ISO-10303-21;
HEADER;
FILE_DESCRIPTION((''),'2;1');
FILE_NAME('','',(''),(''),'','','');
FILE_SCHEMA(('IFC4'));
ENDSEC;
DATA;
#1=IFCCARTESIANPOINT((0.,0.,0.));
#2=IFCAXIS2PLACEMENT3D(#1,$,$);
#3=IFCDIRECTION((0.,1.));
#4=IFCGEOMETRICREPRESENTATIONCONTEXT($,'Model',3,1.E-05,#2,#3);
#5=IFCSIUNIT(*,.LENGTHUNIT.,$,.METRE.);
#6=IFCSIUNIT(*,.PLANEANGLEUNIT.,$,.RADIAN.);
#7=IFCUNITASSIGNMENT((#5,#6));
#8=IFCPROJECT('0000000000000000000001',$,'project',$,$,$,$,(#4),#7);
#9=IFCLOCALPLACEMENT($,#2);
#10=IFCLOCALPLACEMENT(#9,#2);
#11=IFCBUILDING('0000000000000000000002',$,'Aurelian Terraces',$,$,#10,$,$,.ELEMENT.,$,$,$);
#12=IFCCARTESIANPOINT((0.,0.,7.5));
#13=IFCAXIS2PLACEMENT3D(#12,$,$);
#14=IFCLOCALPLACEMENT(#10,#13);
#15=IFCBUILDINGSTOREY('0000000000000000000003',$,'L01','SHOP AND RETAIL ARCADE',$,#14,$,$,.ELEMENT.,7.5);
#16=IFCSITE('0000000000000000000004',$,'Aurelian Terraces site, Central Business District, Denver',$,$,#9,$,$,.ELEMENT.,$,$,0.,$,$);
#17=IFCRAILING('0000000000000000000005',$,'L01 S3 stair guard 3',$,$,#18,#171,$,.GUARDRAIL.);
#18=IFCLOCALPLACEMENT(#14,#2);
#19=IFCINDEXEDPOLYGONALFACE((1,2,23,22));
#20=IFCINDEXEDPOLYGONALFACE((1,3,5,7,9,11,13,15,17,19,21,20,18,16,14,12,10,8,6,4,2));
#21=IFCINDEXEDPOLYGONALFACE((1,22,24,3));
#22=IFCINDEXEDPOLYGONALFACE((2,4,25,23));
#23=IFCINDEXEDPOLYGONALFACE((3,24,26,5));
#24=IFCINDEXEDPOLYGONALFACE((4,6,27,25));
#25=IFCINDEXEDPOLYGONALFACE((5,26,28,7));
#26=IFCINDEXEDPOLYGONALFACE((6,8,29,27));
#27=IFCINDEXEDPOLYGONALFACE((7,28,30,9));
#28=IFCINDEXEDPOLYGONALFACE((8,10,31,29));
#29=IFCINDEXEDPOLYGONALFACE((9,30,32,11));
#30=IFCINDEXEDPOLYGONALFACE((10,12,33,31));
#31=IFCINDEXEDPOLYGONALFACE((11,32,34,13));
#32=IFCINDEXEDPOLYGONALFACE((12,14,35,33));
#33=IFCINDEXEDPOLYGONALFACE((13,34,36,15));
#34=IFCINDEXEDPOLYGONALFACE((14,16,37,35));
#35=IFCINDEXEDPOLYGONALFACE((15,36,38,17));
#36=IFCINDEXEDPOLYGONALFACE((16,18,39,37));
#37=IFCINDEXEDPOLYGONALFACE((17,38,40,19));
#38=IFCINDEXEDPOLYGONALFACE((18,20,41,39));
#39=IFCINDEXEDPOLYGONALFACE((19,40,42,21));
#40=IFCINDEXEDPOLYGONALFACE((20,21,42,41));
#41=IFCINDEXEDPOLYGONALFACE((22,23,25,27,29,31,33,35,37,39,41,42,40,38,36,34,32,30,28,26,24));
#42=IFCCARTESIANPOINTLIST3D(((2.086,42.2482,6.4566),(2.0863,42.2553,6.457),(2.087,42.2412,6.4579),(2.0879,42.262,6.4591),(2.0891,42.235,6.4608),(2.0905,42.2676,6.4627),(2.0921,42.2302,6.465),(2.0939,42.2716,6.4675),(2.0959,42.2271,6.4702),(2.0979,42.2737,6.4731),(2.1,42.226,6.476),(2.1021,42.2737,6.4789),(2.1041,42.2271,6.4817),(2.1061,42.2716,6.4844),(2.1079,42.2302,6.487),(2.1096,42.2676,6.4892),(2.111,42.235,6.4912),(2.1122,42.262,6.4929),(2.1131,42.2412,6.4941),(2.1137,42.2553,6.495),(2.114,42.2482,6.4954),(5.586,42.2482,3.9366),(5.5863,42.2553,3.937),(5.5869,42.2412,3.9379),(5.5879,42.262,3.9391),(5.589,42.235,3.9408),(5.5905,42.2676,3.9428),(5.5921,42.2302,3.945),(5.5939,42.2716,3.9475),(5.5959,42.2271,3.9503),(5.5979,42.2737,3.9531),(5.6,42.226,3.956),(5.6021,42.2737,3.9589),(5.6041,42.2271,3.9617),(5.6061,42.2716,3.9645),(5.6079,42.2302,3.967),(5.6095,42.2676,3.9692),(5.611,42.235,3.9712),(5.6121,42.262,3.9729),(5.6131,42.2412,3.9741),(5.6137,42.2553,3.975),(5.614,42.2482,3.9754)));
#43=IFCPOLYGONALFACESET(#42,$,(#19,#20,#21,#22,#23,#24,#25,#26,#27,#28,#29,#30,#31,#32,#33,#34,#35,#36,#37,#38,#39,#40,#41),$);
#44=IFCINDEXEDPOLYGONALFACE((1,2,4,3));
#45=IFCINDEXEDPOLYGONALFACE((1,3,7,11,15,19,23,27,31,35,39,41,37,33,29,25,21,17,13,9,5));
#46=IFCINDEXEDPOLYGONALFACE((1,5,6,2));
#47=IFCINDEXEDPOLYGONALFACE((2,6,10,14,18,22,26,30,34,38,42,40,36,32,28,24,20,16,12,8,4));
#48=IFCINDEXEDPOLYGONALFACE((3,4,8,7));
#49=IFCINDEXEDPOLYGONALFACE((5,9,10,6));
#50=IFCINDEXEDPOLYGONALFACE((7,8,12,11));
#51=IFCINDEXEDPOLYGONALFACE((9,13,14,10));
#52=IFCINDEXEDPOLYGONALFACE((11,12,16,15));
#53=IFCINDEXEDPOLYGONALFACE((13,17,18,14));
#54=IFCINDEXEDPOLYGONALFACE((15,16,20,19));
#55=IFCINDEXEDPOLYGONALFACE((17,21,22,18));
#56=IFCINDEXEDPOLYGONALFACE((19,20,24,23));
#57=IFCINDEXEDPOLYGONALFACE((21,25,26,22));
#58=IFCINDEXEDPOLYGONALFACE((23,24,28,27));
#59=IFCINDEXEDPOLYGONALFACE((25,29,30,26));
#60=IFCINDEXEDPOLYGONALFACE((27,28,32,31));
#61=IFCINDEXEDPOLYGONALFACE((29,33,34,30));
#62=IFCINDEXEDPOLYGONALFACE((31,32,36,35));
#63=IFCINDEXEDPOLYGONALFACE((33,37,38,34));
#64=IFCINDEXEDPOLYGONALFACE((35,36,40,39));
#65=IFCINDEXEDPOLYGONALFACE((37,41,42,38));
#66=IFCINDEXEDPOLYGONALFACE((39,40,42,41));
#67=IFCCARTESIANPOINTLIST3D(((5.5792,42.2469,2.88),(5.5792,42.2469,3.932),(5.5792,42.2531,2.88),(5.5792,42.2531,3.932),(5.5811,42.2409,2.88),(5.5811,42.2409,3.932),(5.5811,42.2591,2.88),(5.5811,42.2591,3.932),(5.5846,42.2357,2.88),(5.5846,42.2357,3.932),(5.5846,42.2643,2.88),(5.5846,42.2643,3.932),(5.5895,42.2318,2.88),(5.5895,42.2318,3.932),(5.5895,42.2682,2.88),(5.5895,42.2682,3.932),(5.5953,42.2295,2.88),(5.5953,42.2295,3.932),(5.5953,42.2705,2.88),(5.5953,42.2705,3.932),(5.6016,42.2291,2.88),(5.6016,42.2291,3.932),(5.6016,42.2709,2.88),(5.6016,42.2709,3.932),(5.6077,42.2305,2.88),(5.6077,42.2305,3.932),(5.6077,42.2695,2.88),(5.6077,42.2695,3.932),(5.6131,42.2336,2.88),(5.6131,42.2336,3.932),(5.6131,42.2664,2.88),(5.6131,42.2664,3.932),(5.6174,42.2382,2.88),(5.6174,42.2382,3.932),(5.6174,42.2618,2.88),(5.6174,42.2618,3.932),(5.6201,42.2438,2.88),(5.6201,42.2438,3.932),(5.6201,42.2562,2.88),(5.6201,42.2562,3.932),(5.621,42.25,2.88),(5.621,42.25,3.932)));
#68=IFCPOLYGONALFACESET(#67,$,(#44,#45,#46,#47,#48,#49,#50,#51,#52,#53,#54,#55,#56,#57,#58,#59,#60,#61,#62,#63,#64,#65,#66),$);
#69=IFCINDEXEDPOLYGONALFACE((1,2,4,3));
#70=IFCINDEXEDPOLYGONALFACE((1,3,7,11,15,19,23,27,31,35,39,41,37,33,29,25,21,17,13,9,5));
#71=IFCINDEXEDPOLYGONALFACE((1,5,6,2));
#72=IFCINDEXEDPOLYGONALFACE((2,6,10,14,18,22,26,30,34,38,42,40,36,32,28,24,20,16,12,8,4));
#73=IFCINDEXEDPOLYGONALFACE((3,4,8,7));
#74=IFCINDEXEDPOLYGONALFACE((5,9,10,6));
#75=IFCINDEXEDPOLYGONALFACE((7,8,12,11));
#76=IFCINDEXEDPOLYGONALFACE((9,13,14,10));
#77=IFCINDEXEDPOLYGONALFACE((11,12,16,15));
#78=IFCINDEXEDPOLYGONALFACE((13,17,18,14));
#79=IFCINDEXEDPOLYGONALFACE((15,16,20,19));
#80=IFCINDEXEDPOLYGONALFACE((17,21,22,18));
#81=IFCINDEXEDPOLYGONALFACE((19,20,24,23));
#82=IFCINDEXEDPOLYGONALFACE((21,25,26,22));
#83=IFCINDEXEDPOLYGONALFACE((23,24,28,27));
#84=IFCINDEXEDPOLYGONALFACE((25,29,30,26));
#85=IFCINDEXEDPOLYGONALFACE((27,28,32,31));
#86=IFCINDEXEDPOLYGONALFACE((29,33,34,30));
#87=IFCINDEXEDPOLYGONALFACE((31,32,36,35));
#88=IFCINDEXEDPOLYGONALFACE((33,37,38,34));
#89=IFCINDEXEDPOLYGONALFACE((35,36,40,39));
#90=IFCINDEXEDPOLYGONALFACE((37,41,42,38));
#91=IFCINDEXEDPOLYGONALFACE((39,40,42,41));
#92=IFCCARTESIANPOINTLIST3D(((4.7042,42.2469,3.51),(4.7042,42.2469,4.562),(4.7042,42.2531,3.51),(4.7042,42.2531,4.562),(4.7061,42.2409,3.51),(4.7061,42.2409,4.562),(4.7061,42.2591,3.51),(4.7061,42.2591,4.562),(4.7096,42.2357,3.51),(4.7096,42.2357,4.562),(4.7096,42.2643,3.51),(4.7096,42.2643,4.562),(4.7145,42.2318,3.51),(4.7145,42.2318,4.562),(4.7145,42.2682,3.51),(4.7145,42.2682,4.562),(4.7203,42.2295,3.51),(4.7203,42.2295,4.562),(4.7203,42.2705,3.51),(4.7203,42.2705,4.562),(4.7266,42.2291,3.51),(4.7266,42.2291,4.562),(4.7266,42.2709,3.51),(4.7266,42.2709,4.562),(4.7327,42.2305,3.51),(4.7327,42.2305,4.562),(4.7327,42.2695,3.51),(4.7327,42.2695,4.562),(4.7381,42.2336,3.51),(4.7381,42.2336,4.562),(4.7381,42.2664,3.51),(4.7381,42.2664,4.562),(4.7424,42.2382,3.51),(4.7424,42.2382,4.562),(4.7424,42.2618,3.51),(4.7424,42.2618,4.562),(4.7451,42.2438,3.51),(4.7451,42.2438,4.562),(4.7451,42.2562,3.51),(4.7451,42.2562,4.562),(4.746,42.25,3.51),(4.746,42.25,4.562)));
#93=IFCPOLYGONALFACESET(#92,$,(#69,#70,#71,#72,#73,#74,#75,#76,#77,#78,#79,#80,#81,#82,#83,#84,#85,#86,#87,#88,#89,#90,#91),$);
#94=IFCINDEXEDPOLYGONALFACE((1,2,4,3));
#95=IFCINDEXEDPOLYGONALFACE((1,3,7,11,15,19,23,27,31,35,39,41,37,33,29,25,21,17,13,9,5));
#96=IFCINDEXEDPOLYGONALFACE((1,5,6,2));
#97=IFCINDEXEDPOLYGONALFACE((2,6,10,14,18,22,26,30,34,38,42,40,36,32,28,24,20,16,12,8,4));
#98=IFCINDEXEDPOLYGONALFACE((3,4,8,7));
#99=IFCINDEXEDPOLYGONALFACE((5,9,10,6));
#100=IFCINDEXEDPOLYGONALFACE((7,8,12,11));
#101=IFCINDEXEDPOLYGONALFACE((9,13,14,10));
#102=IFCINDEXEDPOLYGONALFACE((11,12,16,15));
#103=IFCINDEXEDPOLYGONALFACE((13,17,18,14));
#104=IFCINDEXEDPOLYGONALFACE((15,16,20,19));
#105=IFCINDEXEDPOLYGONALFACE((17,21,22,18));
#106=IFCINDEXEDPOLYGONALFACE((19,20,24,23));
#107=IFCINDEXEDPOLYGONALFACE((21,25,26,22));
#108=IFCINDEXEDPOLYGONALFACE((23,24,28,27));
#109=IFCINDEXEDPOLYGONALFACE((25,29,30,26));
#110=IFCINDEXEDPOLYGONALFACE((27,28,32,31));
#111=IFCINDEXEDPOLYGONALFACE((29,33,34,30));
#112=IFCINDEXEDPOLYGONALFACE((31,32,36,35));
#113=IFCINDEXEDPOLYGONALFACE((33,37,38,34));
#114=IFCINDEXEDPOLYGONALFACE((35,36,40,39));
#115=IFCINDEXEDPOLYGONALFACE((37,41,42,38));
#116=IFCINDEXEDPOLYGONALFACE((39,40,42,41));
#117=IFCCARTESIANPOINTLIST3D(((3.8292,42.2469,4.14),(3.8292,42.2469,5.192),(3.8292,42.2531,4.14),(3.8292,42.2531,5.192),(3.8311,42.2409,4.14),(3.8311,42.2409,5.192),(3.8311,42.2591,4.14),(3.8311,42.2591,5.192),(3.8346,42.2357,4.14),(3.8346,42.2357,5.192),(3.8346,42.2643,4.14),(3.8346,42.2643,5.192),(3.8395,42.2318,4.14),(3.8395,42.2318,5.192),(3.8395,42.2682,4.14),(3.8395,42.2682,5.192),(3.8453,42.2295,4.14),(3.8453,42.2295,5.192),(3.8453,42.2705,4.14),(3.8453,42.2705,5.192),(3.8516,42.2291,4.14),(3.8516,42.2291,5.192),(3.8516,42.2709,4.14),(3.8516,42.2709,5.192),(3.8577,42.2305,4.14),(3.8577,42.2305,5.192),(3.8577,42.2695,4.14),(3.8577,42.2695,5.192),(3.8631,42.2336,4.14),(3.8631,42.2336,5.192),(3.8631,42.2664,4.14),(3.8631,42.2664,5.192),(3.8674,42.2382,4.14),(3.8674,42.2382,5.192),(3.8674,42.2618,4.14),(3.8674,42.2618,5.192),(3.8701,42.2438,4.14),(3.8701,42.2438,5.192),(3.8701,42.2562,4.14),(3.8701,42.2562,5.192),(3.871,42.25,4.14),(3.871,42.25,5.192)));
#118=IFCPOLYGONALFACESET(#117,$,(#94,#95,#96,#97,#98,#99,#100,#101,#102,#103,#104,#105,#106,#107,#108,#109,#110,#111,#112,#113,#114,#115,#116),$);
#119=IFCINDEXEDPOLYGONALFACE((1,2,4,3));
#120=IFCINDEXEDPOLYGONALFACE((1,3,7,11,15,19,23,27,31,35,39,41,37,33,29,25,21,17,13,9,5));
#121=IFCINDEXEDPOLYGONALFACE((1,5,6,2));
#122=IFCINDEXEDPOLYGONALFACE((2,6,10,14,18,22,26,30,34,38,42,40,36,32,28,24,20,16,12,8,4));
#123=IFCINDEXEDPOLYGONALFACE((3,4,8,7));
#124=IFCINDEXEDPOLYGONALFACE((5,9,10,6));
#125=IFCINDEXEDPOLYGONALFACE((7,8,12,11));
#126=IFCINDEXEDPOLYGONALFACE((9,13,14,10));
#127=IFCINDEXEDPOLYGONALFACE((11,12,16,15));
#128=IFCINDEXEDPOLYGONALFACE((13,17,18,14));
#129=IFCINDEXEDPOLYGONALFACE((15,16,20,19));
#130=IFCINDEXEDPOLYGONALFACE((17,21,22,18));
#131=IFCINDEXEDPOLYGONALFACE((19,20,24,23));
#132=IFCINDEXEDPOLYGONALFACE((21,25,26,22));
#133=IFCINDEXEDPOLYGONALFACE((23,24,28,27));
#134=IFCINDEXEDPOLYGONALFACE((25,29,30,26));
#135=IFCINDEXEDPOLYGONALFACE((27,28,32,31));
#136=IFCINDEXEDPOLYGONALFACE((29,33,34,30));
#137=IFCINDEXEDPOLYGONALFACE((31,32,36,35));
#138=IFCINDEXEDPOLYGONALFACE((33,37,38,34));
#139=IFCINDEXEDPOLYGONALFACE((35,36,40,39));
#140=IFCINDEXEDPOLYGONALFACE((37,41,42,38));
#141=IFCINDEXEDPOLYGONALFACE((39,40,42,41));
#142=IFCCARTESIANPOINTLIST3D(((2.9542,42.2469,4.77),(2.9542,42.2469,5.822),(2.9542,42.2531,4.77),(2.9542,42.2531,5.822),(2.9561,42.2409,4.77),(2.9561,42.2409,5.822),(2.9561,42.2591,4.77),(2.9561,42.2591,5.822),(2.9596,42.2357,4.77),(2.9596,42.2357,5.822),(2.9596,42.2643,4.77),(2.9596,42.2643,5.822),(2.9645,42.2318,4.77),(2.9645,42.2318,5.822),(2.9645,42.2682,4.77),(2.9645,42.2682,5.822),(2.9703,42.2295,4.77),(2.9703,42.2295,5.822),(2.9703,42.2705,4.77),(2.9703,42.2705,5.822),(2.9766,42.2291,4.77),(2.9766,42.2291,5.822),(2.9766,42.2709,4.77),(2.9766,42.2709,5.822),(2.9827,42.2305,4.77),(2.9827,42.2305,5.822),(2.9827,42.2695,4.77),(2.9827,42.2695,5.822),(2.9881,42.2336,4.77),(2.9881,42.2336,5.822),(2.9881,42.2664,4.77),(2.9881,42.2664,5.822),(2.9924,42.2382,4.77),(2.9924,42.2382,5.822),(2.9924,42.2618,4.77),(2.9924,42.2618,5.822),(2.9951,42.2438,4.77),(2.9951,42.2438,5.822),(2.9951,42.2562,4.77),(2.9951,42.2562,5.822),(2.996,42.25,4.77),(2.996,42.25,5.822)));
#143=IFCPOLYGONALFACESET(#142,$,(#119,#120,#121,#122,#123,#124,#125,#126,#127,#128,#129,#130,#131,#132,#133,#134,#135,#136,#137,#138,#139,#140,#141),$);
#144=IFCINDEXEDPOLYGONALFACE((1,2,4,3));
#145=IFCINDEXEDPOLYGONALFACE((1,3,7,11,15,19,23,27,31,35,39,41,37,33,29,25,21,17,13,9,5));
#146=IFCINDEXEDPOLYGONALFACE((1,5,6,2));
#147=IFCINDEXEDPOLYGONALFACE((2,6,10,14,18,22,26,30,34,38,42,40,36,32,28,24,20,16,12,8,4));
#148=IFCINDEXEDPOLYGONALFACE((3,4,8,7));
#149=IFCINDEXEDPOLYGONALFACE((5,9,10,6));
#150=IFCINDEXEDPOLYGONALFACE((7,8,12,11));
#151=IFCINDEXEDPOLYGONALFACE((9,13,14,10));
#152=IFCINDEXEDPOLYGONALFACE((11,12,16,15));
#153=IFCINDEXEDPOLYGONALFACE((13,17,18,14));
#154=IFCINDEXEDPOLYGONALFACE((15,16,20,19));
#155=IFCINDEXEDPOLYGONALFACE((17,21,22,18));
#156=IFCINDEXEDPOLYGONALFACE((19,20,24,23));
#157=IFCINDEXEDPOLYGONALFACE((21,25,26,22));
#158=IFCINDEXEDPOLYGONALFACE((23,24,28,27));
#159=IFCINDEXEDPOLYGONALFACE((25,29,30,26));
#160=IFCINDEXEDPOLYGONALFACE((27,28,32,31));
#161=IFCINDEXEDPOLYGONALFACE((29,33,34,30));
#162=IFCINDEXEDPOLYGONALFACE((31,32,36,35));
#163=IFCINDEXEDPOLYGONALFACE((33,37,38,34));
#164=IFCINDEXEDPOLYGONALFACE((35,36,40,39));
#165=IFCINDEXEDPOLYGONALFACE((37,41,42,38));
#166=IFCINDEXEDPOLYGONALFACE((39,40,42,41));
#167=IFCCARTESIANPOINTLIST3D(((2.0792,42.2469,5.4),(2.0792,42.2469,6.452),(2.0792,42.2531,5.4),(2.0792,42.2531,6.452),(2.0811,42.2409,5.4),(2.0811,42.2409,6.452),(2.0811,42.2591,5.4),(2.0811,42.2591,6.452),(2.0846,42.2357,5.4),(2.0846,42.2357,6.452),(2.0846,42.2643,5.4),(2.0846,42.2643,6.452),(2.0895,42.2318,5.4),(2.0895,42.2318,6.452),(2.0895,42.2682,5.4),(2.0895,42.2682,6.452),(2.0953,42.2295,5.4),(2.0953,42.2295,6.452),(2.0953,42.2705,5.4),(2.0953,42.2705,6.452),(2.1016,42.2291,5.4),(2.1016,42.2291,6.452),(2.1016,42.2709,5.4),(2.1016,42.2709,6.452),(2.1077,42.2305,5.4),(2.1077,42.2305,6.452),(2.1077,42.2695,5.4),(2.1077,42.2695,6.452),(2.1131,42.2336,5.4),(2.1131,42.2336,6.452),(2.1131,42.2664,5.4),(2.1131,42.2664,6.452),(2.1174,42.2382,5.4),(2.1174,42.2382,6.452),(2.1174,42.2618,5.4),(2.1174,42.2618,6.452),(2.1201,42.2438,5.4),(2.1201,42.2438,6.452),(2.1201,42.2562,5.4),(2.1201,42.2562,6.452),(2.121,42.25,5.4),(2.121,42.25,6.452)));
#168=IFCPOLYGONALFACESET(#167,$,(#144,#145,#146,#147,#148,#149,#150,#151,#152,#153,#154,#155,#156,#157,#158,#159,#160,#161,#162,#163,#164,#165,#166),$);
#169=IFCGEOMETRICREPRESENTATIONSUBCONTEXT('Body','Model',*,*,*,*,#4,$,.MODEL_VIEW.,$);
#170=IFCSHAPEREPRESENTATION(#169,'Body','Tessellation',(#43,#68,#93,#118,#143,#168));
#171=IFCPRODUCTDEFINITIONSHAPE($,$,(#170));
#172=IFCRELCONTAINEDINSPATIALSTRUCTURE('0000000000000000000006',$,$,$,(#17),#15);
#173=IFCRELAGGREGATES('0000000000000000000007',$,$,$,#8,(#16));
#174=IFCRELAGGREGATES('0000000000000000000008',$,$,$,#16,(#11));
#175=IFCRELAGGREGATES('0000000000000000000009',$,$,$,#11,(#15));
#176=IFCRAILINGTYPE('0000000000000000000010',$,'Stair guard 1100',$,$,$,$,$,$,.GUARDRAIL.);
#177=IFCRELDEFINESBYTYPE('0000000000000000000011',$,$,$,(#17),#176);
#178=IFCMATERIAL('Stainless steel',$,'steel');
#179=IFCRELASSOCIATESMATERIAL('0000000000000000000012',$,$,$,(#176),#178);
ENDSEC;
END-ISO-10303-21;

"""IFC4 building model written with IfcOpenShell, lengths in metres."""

from ifc_helpers import new_model, si_unit, direction, frame, origin, origin_2d, place, context, subcontext, project, spatial, circle, extrude, material, type_object, element, save


model = new_model("IFC4")

# Units and contexts
model_context = context("Model", 3, precision=1e-05, world=origin(), true_north=direction((0.0, 1.0)))
body_context = subcontext(model_context, "Body", "Model", "MODEL_VIEW")
ifc_project = project(units=[si_unit("LENGTHUNIT", "METRE"), si_unit("PLANEANGLEUNIT", "RADIAN")], contexts=[model_context])

# Site, building, storey
site_placement = place(None, origin())
site = spatial("IfcSite", under=ifc_project, at=site_placement, Name="Aurelian Terraces site, Central Business District, Denver", CompositionType="ELEMENT", RefElevation=0.0)
building_placement = place(site_placement, origin())
building = spatial("IfcBuilding", under=site, at=building_placement, Name="Aurelian Terraces", CompositionType="ELEMENT")
storey_placement = place(building_placement, frame((0.0, 0.0, 7.5)))
storey = spatial("IfcBuildingStorey", under=building, at=storey_placement, Name="L01", Description="SHOP AND RETAIL ARCADE", CompositionType="ELEMENT", Elevation=7.5)

# Railing
ifc_material_1 = material(Name="Stainless steel", Category="steel")
railing_type_1 = type_object("IfcRailingType", Name="Stair guard 1100", PredefinedType="GUARDRAIL", material=ifc_material_1)
railing_1_placement = place(storey_placement, frame((5.6, 42.25, 2.88)))
element("IfcRailing", 1, at=railing_1_placement, inside=storey, type_object=railing_type_1, Name="L01 S3 stair guard 3", PredefinedType="GUARDRAIL", context=body_context, shape_type="SweptSolid", body=[
    extrude(circle(Radius=0.024, at=origin_2d()), frame((0.0, 0.0, 1.076), z_axis=(-0.811534, 0.0, 0.584305), x_axis=(0.0, -1.0, 0.0)), (0.0, 0.0, 1.0), 4.3128),
    extrude(circle(Radius=0.021, at=origin_2d()), origin(), (0.0, 0.0, 1.0), 1.052),
    extrude(circle(Radius=0.021, at=origin_2d()), frame((-0.875, 0.0, 0.63)), (0.0, 0.0, 1.0), 1.052),
    extrude(circle(Radius=0.021, at=origin_2d()), frame((-1.75, 0.0, 1.26)), (0.0, 0.0, 1.0), 1.052),
    extrude(circle(Radius=0.021, at=origin_2d()), frame((-2.625, 0.0, 1.89)), (0.0, 0.0, 1.0), 1.052),
    extrude(circle(Radius=0.021, at=origin_2d()), frame((-3.5, 0.0, 2.52)), (0.0, 0.0, 1.0), 1.052),
])

save(model, "model.ifc")
